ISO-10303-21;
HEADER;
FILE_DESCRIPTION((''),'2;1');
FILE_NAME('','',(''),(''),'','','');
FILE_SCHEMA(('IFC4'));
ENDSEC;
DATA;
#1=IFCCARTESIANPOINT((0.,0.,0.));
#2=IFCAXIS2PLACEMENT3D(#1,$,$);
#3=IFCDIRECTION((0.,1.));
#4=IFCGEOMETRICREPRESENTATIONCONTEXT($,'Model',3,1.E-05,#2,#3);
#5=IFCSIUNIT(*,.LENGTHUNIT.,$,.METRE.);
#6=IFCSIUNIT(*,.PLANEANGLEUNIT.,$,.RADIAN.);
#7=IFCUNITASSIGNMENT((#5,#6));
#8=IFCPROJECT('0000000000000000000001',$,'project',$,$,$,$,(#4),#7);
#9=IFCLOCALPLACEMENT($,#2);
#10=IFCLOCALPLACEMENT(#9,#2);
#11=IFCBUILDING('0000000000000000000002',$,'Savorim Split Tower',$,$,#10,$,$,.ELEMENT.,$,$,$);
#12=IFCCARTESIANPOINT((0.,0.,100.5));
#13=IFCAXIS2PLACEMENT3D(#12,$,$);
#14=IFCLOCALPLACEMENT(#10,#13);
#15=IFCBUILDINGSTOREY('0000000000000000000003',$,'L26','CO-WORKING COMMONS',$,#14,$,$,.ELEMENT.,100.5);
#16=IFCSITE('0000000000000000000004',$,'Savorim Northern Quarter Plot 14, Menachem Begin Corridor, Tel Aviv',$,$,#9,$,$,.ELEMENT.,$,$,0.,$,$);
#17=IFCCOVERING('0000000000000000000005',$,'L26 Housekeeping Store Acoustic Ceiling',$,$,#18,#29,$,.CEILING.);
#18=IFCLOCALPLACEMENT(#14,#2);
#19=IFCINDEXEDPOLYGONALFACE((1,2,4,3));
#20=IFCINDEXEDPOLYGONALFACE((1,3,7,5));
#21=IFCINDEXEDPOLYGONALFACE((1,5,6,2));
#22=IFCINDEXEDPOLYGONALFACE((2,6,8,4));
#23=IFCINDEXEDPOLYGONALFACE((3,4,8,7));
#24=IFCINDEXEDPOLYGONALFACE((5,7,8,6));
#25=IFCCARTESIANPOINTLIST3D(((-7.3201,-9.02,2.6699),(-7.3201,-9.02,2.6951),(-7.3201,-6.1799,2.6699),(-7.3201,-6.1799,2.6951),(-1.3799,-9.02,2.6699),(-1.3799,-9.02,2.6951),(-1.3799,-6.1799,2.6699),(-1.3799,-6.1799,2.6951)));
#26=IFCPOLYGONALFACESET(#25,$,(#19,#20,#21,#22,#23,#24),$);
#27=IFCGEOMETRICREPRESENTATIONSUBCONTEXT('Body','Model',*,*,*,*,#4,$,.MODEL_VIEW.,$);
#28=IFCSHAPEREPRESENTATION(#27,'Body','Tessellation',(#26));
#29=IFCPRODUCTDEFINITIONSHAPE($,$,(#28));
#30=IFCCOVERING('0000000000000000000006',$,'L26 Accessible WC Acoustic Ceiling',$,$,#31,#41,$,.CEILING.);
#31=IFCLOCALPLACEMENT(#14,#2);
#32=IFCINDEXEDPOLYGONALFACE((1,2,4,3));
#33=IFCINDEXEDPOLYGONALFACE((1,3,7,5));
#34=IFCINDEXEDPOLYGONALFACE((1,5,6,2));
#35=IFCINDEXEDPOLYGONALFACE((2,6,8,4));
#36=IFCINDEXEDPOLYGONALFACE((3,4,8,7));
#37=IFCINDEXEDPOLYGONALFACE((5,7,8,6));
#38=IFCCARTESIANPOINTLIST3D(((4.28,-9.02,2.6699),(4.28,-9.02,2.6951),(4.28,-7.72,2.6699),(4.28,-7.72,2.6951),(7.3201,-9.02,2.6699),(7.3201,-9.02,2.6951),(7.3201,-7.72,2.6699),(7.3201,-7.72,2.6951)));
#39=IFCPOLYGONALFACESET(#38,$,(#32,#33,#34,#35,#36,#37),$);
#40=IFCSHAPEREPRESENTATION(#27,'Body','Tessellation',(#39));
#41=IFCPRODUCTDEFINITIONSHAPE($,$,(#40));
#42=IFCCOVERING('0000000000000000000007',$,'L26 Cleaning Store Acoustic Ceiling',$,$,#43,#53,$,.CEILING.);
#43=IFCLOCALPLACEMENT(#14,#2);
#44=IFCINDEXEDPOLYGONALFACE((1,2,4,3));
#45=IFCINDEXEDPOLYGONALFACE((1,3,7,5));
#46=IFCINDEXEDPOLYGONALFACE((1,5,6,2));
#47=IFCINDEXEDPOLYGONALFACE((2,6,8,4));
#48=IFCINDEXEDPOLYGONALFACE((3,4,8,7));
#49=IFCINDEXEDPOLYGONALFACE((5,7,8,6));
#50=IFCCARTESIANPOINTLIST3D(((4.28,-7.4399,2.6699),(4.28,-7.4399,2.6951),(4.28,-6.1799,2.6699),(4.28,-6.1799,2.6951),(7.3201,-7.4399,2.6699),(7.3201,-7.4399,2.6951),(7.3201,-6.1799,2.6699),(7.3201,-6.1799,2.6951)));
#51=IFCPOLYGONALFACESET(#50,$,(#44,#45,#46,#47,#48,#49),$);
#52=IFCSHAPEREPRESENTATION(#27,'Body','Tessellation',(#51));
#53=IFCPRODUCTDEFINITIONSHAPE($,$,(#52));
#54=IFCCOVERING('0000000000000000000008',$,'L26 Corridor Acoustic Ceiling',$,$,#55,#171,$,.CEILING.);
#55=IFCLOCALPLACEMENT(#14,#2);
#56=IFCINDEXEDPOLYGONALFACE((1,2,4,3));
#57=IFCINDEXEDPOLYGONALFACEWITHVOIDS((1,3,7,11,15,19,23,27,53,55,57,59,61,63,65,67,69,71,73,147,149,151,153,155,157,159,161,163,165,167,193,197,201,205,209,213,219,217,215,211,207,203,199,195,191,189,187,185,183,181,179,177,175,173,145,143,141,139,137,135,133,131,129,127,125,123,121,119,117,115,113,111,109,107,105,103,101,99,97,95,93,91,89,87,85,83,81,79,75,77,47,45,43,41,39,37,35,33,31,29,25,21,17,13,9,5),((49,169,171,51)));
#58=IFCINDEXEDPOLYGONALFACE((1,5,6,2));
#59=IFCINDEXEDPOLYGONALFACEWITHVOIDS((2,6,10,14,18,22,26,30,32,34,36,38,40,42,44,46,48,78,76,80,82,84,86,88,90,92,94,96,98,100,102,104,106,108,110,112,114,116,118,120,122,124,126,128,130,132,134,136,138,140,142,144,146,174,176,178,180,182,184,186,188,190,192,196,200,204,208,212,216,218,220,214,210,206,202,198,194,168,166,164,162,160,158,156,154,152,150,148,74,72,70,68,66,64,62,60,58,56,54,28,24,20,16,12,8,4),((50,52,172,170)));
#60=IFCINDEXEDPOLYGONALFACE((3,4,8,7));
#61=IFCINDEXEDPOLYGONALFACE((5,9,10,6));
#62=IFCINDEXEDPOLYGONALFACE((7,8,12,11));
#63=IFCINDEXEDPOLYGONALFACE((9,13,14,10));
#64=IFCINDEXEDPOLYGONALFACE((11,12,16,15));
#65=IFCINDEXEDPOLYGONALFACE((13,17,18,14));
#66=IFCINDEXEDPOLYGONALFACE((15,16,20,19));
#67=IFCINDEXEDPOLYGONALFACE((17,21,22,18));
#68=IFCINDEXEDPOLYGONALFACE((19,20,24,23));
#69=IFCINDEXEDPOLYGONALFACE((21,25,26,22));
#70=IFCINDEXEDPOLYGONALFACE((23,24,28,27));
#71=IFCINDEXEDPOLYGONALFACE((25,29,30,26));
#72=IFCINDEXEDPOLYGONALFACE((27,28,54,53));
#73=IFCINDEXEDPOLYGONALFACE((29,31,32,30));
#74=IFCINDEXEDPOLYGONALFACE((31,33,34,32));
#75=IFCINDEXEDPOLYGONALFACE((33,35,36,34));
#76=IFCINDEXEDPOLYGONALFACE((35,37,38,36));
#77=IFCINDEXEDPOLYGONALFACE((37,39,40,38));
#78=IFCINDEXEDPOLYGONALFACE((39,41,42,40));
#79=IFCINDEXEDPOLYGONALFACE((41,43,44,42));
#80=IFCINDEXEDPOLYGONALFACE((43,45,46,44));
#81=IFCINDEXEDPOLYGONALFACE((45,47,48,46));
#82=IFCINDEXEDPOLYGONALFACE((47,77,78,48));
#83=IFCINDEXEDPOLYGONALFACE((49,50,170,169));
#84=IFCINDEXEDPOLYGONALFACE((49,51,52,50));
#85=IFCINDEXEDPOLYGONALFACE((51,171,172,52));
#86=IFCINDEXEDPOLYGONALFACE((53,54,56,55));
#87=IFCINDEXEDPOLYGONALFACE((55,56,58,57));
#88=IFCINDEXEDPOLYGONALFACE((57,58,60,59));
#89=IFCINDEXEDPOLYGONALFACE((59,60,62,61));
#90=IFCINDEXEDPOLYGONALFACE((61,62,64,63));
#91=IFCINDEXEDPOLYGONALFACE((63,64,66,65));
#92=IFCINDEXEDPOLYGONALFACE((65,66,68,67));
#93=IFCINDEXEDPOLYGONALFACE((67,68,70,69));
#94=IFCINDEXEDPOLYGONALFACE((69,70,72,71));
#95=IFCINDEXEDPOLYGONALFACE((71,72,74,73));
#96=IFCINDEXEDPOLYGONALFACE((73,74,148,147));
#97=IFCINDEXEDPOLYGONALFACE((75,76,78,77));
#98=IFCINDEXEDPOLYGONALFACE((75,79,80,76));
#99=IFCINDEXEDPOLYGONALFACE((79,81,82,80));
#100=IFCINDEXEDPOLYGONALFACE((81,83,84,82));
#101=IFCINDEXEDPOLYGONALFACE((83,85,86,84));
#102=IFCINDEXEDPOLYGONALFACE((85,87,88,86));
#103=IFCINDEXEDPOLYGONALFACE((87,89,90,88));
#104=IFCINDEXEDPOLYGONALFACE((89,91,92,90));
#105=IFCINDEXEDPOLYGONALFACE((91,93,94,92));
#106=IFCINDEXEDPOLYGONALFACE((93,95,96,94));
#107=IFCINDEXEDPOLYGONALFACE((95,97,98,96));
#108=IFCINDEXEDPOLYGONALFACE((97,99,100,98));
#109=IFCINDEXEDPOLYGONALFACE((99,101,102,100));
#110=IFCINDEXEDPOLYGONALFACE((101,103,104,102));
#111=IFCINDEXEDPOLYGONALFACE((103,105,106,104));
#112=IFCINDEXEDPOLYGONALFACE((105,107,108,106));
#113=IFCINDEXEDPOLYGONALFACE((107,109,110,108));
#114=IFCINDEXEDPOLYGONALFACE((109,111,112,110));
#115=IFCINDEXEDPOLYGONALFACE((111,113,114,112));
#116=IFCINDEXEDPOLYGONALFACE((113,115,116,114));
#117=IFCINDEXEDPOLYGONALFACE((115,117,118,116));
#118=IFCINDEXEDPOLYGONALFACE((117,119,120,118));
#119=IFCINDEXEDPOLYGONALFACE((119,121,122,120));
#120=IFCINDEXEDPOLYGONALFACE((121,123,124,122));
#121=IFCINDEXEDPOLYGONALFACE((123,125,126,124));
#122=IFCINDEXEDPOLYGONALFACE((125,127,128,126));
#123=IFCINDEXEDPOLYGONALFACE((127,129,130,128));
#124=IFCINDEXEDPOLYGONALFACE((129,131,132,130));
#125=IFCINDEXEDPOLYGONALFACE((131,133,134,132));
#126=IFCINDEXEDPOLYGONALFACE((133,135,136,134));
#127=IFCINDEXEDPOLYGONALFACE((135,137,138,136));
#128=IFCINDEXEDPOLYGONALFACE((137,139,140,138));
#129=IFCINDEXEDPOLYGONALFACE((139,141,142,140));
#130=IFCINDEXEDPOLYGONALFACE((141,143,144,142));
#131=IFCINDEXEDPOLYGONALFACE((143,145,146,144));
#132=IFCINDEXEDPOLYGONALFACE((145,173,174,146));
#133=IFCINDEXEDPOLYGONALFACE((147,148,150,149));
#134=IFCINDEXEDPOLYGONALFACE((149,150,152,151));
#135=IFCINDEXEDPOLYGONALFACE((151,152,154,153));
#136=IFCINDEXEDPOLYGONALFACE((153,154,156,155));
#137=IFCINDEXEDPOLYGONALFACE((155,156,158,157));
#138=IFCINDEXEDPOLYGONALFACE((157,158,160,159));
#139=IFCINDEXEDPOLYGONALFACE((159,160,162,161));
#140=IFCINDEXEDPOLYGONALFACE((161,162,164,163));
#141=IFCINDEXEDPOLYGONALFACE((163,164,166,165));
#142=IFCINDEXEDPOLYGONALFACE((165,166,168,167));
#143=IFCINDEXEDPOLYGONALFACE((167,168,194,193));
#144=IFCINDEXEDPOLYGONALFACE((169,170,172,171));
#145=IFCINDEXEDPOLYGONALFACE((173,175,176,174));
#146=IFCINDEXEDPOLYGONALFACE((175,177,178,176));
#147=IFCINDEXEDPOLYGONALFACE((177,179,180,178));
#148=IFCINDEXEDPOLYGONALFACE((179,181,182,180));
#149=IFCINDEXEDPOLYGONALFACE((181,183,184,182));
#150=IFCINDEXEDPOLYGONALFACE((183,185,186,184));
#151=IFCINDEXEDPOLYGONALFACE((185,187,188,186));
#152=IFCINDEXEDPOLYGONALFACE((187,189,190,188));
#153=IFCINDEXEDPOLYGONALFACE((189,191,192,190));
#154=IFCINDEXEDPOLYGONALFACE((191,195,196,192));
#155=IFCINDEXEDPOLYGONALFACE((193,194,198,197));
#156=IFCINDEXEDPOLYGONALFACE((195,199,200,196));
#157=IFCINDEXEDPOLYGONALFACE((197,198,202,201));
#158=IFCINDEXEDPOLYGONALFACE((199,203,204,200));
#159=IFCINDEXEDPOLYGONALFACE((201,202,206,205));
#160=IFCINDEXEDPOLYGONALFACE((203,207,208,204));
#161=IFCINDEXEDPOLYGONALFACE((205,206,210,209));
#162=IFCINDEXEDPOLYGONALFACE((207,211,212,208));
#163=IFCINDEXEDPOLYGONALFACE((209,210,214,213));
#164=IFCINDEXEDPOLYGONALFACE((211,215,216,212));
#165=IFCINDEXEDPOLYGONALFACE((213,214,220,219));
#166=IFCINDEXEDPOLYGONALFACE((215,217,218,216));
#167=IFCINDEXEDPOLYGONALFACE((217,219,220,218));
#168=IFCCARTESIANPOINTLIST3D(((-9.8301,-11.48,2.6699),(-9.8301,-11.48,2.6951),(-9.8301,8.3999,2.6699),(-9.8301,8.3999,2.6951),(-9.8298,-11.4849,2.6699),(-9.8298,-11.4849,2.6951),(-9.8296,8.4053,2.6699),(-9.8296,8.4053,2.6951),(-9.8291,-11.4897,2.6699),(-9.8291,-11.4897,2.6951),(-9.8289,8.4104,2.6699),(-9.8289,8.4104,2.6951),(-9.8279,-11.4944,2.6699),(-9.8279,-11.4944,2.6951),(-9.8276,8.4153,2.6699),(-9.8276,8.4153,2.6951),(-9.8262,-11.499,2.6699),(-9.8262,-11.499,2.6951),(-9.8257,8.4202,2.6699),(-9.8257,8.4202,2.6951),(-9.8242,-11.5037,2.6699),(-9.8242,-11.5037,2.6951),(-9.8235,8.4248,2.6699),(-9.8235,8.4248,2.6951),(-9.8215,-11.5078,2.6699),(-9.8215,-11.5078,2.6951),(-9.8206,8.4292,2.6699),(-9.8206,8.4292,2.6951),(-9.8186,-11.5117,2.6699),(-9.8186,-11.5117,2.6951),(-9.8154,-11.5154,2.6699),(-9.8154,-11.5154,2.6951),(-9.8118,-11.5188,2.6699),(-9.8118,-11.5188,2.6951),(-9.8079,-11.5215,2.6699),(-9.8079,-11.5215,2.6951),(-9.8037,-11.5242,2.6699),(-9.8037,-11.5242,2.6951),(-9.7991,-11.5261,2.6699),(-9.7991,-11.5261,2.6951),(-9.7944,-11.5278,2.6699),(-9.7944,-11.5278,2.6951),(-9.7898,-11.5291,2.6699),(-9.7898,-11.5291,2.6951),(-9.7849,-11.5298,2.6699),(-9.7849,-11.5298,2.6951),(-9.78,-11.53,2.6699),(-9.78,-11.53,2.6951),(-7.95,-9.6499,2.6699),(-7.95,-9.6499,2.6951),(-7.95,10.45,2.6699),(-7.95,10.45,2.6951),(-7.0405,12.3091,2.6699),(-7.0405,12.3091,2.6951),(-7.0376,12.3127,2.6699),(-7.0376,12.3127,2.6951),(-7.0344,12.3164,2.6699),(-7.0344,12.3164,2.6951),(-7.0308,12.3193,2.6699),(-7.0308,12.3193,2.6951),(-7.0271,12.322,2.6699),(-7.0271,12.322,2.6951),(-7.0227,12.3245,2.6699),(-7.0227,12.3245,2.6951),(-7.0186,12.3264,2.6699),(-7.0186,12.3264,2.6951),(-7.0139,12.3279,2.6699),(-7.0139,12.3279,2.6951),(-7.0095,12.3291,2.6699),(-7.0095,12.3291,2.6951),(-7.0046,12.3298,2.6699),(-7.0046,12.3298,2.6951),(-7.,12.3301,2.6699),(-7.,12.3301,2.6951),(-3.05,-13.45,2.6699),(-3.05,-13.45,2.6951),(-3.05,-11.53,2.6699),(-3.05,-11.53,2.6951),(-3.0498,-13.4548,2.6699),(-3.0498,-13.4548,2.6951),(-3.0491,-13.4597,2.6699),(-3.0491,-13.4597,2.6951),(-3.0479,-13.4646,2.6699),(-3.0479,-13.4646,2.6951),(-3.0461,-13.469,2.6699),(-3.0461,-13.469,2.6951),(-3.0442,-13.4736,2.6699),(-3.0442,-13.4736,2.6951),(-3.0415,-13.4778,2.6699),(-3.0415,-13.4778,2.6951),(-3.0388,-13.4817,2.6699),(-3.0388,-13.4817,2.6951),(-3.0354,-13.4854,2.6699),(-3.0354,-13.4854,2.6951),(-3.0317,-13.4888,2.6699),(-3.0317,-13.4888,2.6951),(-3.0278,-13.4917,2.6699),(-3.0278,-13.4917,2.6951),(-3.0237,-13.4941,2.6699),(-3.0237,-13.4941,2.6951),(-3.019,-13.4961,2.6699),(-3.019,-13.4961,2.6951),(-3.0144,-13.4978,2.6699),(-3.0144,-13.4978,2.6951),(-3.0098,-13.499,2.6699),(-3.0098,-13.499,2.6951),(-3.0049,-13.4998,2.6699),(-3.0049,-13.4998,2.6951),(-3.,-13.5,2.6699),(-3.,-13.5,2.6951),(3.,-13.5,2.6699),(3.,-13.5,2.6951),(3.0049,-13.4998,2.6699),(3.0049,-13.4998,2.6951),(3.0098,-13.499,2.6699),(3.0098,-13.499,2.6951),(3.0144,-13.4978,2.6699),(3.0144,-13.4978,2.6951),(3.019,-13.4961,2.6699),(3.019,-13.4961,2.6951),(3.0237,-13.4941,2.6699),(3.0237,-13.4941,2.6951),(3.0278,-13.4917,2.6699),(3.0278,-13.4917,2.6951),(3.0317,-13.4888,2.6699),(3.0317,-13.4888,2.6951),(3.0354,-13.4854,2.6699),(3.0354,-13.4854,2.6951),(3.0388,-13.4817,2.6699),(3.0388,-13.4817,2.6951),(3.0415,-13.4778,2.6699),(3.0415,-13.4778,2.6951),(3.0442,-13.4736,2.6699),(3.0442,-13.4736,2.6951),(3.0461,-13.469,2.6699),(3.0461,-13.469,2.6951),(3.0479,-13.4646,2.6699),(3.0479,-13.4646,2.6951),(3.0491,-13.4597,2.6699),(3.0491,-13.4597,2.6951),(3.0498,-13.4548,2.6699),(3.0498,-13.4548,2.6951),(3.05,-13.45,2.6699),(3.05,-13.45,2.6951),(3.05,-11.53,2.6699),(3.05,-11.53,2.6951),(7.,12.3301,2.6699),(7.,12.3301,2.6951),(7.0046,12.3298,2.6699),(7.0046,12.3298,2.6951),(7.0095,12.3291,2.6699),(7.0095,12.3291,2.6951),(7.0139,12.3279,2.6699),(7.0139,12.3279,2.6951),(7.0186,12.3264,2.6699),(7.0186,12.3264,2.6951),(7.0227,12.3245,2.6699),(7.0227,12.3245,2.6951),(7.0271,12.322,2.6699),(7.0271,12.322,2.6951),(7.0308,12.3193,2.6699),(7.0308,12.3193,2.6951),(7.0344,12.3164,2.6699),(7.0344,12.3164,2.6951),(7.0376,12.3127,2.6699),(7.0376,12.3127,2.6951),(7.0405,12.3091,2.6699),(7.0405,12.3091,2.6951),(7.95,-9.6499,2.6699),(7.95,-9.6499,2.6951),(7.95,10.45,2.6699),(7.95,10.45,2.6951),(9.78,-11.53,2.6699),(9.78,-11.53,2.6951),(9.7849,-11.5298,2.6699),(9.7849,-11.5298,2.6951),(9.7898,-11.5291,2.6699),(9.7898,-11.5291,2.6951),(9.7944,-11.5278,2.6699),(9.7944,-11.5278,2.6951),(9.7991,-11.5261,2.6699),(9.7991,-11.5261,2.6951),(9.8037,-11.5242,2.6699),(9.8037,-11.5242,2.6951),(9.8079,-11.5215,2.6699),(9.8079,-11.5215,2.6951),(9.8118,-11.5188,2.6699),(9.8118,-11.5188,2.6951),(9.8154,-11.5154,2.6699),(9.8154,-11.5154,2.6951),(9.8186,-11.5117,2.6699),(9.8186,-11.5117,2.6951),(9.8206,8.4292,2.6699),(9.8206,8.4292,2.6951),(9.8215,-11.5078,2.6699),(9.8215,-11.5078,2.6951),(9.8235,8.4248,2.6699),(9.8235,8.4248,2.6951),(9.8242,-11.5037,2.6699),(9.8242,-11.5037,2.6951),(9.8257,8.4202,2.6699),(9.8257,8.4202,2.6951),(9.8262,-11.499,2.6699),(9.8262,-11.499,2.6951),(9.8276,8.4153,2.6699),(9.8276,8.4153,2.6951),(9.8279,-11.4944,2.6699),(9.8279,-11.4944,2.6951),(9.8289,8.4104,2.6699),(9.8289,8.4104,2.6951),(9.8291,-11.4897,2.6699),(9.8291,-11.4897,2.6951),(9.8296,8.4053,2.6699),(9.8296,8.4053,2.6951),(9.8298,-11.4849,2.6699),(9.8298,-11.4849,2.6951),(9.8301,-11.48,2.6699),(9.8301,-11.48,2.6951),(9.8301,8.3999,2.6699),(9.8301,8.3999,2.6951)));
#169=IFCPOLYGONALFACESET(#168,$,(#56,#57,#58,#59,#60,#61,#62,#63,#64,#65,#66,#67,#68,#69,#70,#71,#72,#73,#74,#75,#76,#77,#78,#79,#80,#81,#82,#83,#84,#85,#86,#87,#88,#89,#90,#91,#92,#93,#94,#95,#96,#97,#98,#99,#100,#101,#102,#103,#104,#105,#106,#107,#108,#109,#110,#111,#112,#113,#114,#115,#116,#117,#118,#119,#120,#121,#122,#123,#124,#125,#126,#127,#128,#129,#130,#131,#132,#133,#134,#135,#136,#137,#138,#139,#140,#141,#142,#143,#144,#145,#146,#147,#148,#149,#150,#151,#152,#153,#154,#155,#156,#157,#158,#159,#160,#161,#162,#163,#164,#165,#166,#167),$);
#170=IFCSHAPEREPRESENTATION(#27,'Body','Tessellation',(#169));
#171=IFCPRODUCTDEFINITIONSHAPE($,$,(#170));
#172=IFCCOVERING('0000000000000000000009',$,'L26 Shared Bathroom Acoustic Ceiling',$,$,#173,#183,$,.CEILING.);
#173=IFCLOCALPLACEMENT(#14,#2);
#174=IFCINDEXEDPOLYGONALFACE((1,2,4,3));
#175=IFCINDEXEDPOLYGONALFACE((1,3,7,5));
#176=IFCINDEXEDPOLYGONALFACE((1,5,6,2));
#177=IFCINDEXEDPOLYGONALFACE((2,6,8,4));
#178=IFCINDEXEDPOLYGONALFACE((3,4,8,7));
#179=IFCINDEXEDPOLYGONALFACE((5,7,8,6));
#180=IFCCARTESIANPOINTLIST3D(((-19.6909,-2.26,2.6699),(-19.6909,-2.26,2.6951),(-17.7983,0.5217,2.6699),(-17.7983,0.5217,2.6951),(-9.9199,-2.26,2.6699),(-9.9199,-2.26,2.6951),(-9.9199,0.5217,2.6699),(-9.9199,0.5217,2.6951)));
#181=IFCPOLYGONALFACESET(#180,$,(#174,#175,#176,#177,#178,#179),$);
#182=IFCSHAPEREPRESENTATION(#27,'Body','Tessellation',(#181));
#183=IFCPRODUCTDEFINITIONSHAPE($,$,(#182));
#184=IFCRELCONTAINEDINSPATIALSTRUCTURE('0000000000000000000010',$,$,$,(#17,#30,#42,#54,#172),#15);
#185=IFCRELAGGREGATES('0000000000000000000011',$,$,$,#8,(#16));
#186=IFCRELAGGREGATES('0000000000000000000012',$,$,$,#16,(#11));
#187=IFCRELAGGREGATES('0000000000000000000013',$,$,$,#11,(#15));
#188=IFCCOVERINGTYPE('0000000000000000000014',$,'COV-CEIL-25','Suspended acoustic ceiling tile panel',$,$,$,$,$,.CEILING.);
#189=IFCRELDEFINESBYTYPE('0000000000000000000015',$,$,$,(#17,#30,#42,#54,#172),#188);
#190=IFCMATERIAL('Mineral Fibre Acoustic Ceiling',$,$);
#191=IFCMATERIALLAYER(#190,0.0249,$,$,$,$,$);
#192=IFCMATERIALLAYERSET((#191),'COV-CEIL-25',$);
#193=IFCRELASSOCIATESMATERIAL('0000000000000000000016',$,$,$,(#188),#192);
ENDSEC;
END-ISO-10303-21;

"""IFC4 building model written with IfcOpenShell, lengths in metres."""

from ifc_helpers import new_model, si_unit, direction, frame, origin, place, context, subcontext, project, spatial, polyline, outline, extrude, material, layer, layer_set, type_object, element, save


model = new_model("IFC4")

# Units and contexts
model_context = context("Model", 3, precision=1e-05, world=origin(), true_north=direction((0.0, 1.0)))
body_context = subcontext(model_context, "Body", "Model", "MODEL_VIEW")
ifc_project = project(units=[si_unit("LENGTHUNIT", "METRE"), si_unit("PLANEANGLEUNIT", "RADIAN")], contexts=[model_context])

# Site, building, storey
site_placement = place(None, origin())
site = spatial("IfcSite", under=ifc_project, at=site_placement, Name="Savorim Northern Quarter Plot 14, Menachem Begin Corridor, Tel Aviv", CompositionType="ELEMENT", RefElevation=0.0)
building_placement = place(site_placement, origin())
building = spatial("IfcBuilding", under=site, at=building_placement, Name="Savorim Split Tower", CompositionType="ELEMENT")
storey_placement = place(building_placement, frame((0.0, 0.0, 100.5)))
storey = spatial("IfcBuildingStorey", under=building, at=storey_placement, Name="L26", Description="CO-WORKING COMMONS", CompositionType="ELEMENT", Elevation=100.5)

# Coverings
ifc_material_1 = material(Name="Mineral Fibre Acoustic Ceiling")
ifc_layer_1 = layer(ifc_material_1, 0.0249)
ifc_layer_set_1 = layer_set([ifc_layer_1], Name="COV-CEIL-25")
covering_type_1 = type_object("IfcCoveringType", Name="COV-CEIL-25", Description="Suspended acoustic ceiling tile panel", PredefinedType="CEILING", material=ifc_layer_set_1)
covering_1_placement = place(storey_placement, frame((0.0, 0.0, 2.6699)))
element("IfcCovering", 1, at=covering_1_placement, inside=storey, type_object=covering_type_1, Name="L26 Housekeeping Store Acoustic Ceiling", PredefinedType="CEILING", context=body_context, shape_type="SweptSolid", body=[
    extrude(outline(polyline([(-7.3201, -6.1799), (-7.3201, -9.02), (-1.3799, -9.02), (-1.3799, -6.1799), (-7.3201, -6.1799)])), origin(), (0.0, 0.0, 1.0), 0.0251),
])
covering_2_placement = place(storey_placement, frame((0.0, 0.0, 2.6699)))
element("IfcCovering", 2, at=covering_2_placement, inside=storey, type_object=covering_type_1, Name="L26 Accessible WC Acoustic Ceiling", PredefinedType="CEILING", context=body_context, shape_type="SweptSolid", body=[
    extrude(outline(polyline([(4.28, -7.72), (4.28, -9.02), (7.3201, -9.02), (7.3201, -7.72), (4.28, -7.72)])), origin(), (0.0, 0.0, 1.0), 0.0251),
])
covering_3_placement = place(storey_placement, frame((0.0, 0.0, 2.6699)))
element("IfcCovering", 3, at=covering_3_placement, inside=storey, type_object=covering_type_1, Name="L26 Cleaning Store Acoustic Ceiling", PredefinedType="CEILING", context=body_context, shape_type="SweptSolid", body=[
    extrude(outline(polyline([(4.28, -6.1799), (4.28, -7.4399), (7.3201, -7.4399), (7.3201, -6.1799), (4.28, -6.1799)])), origin(), (0.0, 0.0, 1.0), 0.0251),
])
covering_4_placement = place(storey_placement, frame((0.0, 0.0, 2.6699)))
element("IfcCovering", 4, at=covering_4_placement, inside=storey, type_object=covering_type_1, Name="L26 Corridor Acoustic Ceiling", PredefinedType="CEILING", context=body_context, shape_type="SweptSolid", body=[
    extrude(outline(polyline([(7.0095, 12.3291), (7.0046, 12.3298), (7.0, 12.3301), (-7.0, 12.3301), (-7.0046, 12.3298), (-7.0095, 12.3291), (-7.0139, 12.3279), (-7.0186, 12.3264), (-7.0227, 12.3245), (-7.0271, 12.322), (-7.0308, 12.3193), (-7.0344, 12.3164), (-7.0376, 12.3127), (-7.0405, 12.3091), (-9.8206, 8.4292), (-9.8235, 8.4248), (-9.8257, 8.4202), (-9.8276, 8.4153), (-9.8289, 8.4104), (-9.8296, 8.4053), (-9.8301, 8.3999), (-9.8301, -11.48), (-9.8298, -11.4849), (-9.8291, -11.4897), (-9.8279, -11.4944), (-9.8262, -11.499), (-9.8242, -11.5037), (-9.8215, -11.5078), (-9.8186, -11.5117), (-9.8154, -11.5154), (-9.8118, -11.5188), (-9.8079, -11.5215), (-9.8037, -11.5242), (-9.7991, -11.5261), (-9.7944, -11.5278), (-9.7898, -11.5291), (-9.7849, -11.5298), (-9.78, -11.53), (-3.05, -11.53), (-3.05, -13.45), (-3.0498, -13.4548), (-3.0491, -13.4597), (-3.0479, -13.4646), (-3.0461, -13.469), (-3.0442, -13.4736), (-3.0415, -13.4778), (-3.0388, -13.4817), (-3.0354, -13.4854), (-3.0317, -13.4888), (-3.0278, -13.4917), (-3.0237, -13.4941), (-3.019, -13.4961), (-3.0144, -13.4978), (-3.0098, -13.499), (-3.0049, -13.4998), (-3.0, -13.5), (3.0, -13.5), (3.0049, -13.4998), (3.0098, -13.499), (3.0144, -13.4978), (3.019, -13.4961), (3.0237, -13.4941), (3.0278, -13.4917), (3.0317, -13.4888), (3.0354, -13.4854), (3.0388, -13.4817), (3.0415, -13.4778), (3.0442, -13.4736), (3.0461, -13.469), (3.0479, -13.4646), (3.0491, -13.4597), (3.0498, -13.4548), (3.05, -13.45), (3.05, -11.53), (9.78, -11.53), (9.7849, -11.5298), (9.7898, -11.5291), (9.7944, -11.5278), (9.7991, -11.5261), (9.8037, -11.5242), (9.8079, -11.5215), (9.8118, -11.5188), (9.8154, -11.5154), (9.8186, -11.5117), (9.8215, -11.5078), (9.8242, -11.5037), (9.8262, -11.499), (9.8279, -11.4944), (9.8291, -11.4897), (9.8298, -11.4849), (9.8301, -11.48), (9.8301, 8.3999), (9.8296, 8.4053), (9.8289, 8.4104), (9.8276, 8.4153), (9.8257, 8.4202), (9.8235, 8.4248), (9.8206, 8.4292), (7.0405, 12.3091), (7.0376, 12.3127), (7.0344, 12.3164), (7.0308, 12.3193), (7.0271, 12.322), (7.0227, 12.3245), (7.0186, 12.3264), (7.0139, 12.3279), (7.0095, 12.3291)]), holes=[polyline([(-7.95, 10.45), (-7.95, -9.6499), (7.95, -9.6499), (7.95, 10.45), (-7.95, 10.45)])]), origin(), (0.0, 0.0, 1.0), 0.0251),
])
covering_5_placement = place(storey_placement, frame((0.0, 0.0, 2.6699)))
element("IfcCovering", 5, at=covering_5_placement, inside=storey, type_object=covering_type_1, Name="L26 Shared Bathroom Acoustic Ceiling", PredefinedType="CEILING", context=body_context, shape_type="SweptSolid", body=[
    extrude(outline(polyline([(-17.7983, 0.5217), (-19.6909, -2.26), (-9.9199, -2.26), (-9.9199, 0.5217), (-17.7983, 0.5217)])), origin(), (0.0, 0.0, 1.0), 0.0251),
])

save(model, "model.ifc")
